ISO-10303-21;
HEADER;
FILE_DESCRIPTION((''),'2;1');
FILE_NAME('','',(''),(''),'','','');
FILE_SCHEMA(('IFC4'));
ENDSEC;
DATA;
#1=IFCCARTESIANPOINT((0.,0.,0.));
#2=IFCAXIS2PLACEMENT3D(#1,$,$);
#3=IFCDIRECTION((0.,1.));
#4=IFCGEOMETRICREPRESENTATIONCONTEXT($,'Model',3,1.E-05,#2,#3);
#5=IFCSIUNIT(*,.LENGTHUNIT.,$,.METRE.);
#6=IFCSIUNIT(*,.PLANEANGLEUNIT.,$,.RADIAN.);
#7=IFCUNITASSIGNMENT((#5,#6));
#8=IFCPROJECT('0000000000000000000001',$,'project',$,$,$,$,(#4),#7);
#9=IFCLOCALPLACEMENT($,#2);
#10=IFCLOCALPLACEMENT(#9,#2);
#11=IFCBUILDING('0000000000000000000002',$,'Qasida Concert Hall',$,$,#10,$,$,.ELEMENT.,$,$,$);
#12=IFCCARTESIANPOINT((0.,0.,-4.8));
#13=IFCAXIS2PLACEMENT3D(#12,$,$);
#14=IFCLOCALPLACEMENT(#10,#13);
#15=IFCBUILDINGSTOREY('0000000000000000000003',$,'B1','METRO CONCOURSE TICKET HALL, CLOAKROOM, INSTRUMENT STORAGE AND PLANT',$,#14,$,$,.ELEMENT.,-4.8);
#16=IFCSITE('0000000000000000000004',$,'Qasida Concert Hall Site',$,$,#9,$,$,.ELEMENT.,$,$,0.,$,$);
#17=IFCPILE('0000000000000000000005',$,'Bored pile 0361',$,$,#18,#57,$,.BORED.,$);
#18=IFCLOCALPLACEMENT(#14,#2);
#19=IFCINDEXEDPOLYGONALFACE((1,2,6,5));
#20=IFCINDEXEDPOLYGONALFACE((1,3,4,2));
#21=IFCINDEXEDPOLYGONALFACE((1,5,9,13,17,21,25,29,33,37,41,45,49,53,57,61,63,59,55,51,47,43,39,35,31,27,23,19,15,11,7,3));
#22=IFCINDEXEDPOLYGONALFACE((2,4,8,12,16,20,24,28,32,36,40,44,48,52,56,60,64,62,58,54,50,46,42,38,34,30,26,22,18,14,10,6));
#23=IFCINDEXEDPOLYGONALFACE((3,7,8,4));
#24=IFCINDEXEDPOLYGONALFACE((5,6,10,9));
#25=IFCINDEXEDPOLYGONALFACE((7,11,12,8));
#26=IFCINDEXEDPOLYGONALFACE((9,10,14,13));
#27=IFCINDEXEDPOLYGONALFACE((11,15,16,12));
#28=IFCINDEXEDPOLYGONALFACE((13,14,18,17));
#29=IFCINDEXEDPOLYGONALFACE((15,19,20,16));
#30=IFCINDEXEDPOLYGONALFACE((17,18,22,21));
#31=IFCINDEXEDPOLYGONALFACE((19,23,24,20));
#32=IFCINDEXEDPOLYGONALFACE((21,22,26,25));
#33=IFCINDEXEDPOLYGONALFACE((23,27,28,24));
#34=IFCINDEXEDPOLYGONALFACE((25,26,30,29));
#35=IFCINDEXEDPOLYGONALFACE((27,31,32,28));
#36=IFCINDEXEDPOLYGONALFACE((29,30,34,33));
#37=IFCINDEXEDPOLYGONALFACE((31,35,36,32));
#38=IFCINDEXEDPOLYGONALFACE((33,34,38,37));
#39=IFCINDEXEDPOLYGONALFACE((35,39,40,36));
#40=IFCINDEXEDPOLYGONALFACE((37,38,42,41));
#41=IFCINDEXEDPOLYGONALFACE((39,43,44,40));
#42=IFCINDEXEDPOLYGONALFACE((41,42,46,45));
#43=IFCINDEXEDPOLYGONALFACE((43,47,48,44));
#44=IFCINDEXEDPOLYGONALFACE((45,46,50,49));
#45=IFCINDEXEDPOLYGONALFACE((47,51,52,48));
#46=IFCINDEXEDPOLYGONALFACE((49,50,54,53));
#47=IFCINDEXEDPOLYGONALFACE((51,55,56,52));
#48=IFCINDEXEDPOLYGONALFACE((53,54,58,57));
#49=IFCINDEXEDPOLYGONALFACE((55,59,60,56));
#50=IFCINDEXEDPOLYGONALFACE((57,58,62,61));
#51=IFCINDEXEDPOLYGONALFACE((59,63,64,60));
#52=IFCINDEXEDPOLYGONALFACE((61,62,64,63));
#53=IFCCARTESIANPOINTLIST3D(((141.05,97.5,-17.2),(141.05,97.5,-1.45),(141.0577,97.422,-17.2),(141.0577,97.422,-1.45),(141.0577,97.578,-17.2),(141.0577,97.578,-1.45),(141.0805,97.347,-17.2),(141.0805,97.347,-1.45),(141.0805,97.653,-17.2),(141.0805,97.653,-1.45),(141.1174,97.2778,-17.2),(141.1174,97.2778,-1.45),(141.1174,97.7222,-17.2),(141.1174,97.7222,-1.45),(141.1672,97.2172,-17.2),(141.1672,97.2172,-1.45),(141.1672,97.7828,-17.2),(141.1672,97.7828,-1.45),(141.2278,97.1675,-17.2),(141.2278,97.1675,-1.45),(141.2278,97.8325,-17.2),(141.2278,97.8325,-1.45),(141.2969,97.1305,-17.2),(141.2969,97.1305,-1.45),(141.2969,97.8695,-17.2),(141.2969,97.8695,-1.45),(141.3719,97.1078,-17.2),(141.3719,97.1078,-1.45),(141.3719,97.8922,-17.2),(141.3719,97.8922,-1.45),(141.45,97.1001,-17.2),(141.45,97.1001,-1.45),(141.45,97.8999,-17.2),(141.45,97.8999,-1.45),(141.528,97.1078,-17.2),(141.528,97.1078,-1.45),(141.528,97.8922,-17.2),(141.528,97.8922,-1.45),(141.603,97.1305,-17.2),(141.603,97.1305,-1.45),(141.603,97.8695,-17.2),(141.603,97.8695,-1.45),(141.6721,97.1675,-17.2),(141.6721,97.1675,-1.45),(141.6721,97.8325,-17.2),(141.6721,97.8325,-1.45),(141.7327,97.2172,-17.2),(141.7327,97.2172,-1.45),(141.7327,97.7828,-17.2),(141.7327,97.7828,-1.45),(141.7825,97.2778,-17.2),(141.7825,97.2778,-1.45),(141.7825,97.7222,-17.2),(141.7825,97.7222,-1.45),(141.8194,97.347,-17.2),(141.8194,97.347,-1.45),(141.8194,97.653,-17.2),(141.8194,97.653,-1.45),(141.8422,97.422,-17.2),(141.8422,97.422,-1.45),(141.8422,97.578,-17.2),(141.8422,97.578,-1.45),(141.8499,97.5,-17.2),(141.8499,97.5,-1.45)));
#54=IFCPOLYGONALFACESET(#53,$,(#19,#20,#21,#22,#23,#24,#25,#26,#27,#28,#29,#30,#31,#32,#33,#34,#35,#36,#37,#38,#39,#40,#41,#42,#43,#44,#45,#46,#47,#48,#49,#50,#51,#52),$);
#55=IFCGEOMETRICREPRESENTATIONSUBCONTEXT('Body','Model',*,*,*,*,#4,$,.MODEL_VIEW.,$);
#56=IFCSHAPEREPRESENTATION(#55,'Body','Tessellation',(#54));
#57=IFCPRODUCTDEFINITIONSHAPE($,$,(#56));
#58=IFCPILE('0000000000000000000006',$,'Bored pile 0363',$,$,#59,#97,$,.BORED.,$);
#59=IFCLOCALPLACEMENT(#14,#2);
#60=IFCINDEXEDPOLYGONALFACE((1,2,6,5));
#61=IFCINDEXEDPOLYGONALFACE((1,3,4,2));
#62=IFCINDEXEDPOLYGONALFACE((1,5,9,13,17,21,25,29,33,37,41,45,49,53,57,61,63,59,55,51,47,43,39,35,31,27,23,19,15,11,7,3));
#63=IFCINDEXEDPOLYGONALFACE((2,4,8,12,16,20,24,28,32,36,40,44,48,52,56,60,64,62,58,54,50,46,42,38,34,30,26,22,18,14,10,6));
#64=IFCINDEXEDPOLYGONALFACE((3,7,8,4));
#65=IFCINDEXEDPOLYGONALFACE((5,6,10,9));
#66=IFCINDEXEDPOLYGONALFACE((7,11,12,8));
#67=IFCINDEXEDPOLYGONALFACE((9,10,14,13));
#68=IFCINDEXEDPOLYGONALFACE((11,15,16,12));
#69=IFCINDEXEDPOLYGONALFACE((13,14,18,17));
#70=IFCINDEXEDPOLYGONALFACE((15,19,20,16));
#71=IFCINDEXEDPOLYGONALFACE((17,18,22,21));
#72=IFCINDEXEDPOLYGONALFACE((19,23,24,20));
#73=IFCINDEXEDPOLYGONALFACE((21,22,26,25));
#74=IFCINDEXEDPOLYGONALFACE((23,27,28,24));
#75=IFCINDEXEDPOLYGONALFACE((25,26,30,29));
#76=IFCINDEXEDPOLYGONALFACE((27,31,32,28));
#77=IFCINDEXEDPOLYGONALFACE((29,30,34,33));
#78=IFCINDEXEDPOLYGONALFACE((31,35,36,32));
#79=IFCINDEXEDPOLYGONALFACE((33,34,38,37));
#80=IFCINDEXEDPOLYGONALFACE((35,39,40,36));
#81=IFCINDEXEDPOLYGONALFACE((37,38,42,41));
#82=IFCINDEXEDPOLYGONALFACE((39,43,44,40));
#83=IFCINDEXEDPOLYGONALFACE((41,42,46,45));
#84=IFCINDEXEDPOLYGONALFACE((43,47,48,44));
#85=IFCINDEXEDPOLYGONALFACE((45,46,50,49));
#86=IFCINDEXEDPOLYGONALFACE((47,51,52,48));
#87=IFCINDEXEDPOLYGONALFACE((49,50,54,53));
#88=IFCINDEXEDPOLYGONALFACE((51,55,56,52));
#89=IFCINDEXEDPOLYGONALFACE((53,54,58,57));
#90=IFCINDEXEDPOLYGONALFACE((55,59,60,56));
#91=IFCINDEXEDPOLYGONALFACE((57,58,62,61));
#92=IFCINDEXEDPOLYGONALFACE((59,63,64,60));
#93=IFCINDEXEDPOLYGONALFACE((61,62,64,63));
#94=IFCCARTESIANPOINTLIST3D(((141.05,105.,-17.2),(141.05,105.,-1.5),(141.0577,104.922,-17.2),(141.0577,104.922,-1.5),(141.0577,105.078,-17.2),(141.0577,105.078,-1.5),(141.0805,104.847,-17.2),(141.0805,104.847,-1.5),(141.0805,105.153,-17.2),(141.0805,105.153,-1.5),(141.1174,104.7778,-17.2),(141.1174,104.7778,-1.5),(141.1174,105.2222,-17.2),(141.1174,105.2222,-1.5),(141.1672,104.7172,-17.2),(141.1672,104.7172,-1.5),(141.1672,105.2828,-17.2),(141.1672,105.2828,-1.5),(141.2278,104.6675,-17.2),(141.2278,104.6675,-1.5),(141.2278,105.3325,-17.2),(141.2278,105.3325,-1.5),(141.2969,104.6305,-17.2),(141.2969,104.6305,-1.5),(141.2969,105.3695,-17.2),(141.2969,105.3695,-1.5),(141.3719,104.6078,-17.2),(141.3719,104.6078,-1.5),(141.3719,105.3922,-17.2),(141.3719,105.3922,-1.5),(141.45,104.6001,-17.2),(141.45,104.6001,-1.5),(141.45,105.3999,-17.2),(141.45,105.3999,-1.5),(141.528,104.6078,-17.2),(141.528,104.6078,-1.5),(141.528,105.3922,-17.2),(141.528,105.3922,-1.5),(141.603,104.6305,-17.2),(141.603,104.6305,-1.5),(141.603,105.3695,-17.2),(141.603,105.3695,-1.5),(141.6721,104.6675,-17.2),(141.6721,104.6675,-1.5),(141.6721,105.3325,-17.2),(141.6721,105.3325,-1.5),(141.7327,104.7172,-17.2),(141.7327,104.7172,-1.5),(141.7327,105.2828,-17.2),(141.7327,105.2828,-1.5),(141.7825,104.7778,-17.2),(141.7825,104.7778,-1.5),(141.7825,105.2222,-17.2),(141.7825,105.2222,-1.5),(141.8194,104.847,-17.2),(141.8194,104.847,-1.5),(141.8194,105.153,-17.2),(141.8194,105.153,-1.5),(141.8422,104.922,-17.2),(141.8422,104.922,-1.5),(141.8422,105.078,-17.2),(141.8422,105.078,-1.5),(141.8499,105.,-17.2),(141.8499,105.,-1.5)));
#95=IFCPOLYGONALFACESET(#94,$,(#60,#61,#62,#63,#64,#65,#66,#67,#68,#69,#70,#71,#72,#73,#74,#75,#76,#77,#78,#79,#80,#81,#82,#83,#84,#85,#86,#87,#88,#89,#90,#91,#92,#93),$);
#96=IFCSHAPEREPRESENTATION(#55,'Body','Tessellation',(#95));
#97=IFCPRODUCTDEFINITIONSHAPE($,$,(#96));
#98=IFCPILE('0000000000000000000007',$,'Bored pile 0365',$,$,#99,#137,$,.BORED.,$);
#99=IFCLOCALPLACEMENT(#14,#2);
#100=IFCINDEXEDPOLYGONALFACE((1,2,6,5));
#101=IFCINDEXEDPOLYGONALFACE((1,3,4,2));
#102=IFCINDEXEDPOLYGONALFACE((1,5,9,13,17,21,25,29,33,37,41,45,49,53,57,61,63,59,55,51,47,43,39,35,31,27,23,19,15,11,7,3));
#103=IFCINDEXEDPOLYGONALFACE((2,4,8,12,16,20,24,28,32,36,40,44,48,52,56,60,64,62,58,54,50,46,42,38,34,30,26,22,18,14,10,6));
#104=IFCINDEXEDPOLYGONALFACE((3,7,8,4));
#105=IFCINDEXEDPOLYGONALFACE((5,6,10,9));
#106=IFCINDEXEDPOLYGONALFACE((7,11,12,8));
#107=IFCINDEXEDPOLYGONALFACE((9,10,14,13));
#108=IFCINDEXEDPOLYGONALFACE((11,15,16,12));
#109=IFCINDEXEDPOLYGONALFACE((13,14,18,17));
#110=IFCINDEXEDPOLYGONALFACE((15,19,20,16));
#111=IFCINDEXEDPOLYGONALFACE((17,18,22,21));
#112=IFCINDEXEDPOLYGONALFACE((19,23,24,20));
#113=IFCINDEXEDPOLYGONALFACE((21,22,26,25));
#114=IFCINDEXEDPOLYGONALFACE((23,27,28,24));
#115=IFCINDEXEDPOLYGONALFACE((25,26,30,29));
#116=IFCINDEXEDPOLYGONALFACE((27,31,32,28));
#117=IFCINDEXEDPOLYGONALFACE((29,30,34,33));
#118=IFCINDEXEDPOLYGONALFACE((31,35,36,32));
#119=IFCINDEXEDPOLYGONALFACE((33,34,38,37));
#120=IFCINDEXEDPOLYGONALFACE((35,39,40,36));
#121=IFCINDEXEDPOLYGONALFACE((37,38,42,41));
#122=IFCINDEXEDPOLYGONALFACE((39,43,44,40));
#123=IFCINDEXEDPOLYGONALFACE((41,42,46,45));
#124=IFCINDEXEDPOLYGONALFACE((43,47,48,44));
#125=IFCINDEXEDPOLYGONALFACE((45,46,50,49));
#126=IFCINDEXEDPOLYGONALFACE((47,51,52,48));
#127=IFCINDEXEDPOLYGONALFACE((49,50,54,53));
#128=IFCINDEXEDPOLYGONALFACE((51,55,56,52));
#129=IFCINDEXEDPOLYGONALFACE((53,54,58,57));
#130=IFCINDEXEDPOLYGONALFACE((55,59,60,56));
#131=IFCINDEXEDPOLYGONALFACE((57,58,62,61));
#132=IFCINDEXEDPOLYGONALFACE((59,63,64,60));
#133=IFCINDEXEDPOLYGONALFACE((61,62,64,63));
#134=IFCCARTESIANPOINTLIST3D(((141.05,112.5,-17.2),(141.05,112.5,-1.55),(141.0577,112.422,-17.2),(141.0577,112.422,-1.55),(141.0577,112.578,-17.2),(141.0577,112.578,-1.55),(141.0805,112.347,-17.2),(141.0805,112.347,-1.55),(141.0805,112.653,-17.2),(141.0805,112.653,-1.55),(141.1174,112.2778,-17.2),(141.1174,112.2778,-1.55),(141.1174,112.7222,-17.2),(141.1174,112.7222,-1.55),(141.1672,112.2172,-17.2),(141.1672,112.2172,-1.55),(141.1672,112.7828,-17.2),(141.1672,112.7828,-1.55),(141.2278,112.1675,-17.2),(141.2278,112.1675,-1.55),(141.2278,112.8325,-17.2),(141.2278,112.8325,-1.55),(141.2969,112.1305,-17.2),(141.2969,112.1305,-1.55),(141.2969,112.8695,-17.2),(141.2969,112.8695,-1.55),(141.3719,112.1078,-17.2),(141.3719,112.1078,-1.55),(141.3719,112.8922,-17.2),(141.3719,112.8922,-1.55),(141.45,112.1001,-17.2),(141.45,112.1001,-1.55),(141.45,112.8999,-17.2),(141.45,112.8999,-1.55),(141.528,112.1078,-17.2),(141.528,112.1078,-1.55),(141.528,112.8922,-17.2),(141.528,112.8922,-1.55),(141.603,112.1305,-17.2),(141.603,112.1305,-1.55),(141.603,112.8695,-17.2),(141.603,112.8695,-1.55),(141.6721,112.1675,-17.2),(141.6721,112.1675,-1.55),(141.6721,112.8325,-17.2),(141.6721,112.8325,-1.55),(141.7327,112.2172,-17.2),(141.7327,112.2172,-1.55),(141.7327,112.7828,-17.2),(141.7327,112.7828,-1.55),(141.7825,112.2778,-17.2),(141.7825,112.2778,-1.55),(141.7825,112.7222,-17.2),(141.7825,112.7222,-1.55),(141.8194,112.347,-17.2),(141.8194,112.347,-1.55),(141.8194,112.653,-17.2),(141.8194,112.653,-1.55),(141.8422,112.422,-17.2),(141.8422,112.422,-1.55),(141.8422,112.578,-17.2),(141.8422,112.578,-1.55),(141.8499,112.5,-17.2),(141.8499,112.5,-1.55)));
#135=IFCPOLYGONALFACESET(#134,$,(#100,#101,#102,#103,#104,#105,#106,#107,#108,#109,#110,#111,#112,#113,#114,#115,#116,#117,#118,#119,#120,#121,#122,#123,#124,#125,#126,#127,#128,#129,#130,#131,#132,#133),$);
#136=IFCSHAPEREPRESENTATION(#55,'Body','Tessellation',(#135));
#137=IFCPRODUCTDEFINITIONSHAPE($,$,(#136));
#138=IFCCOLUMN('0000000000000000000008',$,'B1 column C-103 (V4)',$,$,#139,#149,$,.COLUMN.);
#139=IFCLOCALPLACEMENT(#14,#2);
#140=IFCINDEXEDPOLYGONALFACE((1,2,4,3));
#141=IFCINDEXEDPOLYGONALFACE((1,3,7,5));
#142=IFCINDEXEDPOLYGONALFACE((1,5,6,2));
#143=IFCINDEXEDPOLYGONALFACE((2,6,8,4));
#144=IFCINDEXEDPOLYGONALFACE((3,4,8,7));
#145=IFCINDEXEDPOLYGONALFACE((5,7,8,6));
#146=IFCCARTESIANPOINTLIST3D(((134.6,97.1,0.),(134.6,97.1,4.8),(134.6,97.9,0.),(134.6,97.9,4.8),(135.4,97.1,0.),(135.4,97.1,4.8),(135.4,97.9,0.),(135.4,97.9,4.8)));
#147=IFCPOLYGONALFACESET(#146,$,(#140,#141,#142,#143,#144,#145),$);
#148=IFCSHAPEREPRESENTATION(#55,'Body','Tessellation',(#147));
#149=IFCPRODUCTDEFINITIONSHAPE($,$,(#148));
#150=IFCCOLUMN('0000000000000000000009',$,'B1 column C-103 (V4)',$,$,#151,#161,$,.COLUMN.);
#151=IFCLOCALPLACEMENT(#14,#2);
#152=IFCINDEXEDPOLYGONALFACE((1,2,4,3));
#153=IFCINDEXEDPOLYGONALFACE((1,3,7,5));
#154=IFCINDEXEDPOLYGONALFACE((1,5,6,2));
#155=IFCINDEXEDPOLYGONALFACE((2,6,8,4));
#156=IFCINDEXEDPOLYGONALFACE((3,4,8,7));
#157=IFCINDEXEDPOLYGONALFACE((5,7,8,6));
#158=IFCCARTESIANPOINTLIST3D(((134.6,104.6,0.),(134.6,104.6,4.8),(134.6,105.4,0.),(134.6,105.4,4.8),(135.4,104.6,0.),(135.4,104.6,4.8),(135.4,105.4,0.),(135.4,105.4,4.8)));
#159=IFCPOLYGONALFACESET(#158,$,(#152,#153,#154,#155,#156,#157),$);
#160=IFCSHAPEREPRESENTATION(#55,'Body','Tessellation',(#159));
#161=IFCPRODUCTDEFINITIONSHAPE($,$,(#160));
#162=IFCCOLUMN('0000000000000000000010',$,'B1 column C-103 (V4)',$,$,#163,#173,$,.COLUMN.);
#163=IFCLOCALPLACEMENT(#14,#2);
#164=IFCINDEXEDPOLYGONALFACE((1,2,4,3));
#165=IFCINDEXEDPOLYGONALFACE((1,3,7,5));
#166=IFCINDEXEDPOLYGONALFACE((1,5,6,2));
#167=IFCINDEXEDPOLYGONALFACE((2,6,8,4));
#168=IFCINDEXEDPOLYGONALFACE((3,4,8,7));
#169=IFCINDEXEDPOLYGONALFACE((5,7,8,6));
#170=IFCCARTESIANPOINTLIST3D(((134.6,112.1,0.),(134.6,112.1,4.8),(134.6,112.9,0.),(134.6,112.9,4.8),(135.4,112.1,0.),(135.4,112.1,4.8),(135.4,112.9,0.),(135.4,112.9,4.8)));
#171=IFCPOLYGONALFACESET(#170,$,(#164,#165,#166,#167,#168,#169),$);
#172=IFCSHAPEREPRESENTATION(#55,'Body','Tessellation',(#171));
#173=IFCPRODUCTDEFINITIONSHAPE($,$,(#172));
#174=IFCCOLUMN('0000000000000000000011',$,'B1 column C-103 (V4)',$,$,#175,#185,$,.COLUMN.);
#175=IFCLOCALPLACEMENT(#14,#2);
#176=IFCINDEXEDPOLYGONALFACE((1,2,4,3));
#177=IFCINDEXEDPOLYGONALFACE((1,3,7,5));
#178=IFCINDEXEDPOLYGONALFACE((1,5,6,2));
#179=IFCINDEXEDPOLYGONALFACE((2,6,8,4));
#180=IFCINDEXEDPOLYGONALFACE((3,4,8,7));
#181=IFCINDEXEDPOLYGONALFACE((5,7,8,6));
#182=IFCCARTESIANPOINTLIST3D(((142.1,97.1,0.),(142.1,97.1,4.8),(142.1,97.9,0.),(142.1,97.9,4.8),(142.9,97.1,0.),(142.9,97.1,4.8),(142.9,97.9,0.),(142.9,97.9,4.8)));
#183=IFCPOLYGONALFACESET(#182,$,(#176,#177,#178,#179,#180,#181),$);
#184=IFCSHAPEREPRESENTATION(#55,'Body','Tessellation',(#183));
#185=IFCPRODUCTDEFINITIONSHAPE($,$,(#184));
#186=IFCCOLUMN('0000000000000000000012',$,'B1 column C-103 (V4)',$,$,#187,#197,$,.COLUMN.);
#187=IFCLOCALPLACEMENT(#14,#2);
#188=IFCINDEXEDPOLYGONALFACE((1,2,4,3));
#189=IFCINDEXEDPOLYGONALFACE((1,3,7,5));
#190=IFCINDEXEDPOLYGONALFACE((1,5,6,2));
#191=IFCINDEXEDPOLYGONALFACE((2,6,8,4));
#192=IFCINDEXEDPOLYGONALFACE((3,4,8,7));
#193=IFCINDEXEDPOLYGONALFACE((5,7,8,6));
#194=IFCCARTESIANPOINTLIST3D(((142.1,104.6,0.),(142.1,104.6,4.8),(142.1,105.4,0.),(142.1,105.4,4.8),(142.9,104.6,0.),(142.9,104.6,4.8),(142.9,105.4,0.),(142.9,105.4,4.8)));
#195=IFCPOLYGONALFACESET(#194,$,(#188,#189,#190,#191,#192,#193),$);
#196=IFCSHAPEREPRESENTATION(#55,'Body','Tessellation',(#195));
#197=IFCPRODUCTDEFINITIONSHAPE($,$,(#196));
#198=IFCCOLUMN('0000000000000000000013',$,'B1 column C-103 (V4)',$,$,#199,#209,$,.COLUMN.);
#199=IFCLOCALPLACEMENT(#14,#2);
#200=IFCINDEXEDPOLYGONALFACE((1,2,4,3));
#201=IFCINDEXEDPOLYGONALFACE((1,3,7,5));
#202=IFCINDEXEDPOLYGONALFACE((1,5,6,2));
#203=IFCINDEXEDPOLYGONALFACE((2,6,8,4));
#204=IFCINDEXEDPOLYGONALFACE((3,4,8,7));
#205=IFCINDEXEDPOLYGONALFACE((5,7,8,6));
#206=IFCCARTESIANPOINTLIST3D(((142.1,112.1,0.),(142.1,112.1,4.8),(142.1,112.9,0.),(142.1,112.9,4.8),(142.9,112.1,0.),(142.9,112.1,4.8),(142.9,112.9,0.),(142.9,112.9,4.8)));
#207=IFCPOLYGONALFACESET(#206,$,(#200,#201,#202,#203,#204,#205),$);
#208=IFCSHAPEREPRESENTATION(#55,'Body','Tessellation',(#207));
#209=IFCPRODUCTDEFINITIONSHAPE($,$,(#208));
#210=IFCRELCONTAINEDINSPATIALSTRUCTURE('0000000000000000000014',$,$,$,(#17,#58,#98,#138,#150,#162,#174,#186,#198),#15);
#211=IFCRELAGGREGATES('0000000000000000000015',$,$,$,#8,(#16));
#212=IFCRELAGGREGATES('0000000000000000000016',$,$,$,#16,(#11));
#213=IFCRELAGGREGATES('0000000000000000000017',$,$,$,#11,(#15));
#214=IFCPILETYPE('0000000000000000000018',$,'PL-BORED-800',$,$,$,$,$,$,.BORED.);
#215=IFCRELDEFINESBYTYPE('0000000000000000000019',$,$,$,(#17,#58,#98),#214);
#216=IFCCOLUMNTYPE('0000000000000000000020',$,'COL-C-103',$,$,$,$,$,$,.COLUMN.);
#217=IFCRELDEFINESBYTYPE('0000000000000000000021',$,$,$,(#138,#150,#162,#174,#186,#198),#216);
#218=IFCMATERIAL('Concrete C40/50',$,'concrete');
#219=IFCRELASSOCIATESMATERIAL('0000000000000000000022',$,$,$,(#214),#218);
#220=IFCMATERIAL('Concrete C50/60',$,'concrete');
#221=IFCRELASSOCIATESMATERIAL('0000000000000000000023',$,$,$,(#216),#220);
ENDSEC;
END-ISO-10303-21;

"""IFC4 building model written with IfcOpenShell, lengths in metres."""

from ifc_helpers import new_model, si_unit, direction, frame, origin, origin_2d, place, context, subcontext, project, spatial, rectangle, circle, extrude, material, material_profile, profile_set, type_object, element, save


model = new_model("IFC4")

# Units and contexts
model_context = context("Model", 3, precision=1e-05, world=origin(), true_north=direction((0.0, 1.0)))
body_context = subcontext(model_context, "Body", "Model", "MODEL_VIEW")
ifc_project = project(units=[si_unit("LENGTHUNIT", "METRE"), si_unit("PLANEANGLEUNIT", "RADIAN")], contexts=[model_context])

# Site, building, storey
site_placement = place(None, origin())
site = spatial("IfcSite", under=ifc_project, at=site_placement, Name="Qasida Concert Hall Site", CompositionType="ELEMENT", RefElevation=0.0)
building_placement = place(site_placement, origin())
building = spatial("IfcBuilding", under=site, at=building_placement, Name="Qasida Concert Hall", CompositionType="ELEMENT")
storey_placement = place(building_placement, frame((0.0, 0.0, -4.8)))
storey = spatial("IfcBuildingStorey", under=building, at=storey_placement, Name="B1", Description="METRO CONCOURSE TICKET HALL, CLOAKROOM, INSTRUMENT STORAGE AND PLANT", CompositionType="ELEMENT", Elevation=-4.8)

# Shared definitions
ifc_material_1 = material(Name="Concrete C40/50", Category="concrete")

# Piles
ifc_material_profile_1 = material_profile(ifc_material_1, circle(Radius=0.3999, at=origin_2d()), Name="BORED PILE D800")
ifc_profile_set_1 = profile_set([ifc_material_profile_1], Name="Concrete C40/50")
pile_type = type_object("IfcPileType", Name="PL-BORED-800", PredefinedType="BORED", material=ifc_profile_set_1)
pile_1_placement = place(storey_placement, frame((141.45, 97.5, -1.45), z_axis=(0.0, 0.0, -1.0), x_axis=(1.0, 0.0, 0.0)))
element("IfcPile", 1, at=pile_1_placement, inside=storey, type_object=pile_type, Name="Bored pile 0361", PredefinedType="BORED", context=body_context, shape_type="SweptSolid", body=[
    extrude(circle(Radius=0.3999, at=origin_2d()), origin(), (0.0, 0.0, 1.0), 15.75),
])
pile_2_placement = place(storey_placement, frame((141.45, 105.0, -1.5), z_axis=(0.0, 0.0, -1.0), x_axis=(1.0, 0.0, 0.0)))
element("IfcPile", 2, at=pile_2_placement, inside=storey, type_object=pile_type, Name="Bored pile 0363", PredefinedType="BORED", context=body_context, shape_type="SweptSolid", body=[
    extrude(circle(Radius=0.3999, at=origin_2d()), origin(), (0.0, 0.0, 1.0), 15.7),
])
pile_3_placement = place(storey_placement, frame((141.45, 112.5, -1.55), z_axis=(0.0, 0.0, -1.0), x_axis=(1.0, 0.0, 0.0)))
element("IfcPile", 3, at=pile_3_placement, inside=storey, type_object=pile_type, Name="Bored pile 0365", PredefinedType="BORED", context=body_context, shape_type="SweptSolid", body=[
    extrude(circle(Radius=0.3999, at=origin_2d()), origin(), (0.0, 0.0, 1.0), 15.6499),
])

# Columns
ifc_material_2 = material(Name="Concrete C50/60", Category="concrete")
ifc_material_profile_2 = material_profile(ifc_material_2, rectangle(XDim=0.8, YDim=0.8, at=origin_2d()), Name="RC 800x800")
ifc_profile_set_2 = profile_set([ifc_material_profile_2], Name="Concrete C50/60")
column_type = type_object("IfcColumnType", Name="COL-C-103", PredefinedType="COLUMN", material=ifc_profile_set_2)
for number, where, z_axis, x_axis, name in (
    (4, (135.0, 97.5, 0.0), (0.0, 0.0, 1.0), (1.0, 0.0, 0.0), "B1 column C-103 (V4)"),
    (5, (135.0, 105.0, 0.0), (0.0, 0.0, 1.0), (1.0, 0.0, 0.0), "B1 column C-103 (V4)"),
    (6, (135.0, 112.5, 0.0), (0.0, 0.0, 1.0), (1.0, 0.0, 0.0), "B1 column C-103 (V4)"),
    (7, (142.5, 97.5, 0.0), (0.0, 0.0, 1.0), (1.0, 0.0, 0.0), "B1 column C-103 (V4)"),
    (8, (142.5, 105.0, 0.0), (0.0, 0.0, 1.0), (1.0, 0.0, 0.0), "B1 column C-103 (V4)"),
    (9, (142.5, 112.5, 0.0), (0.0, 0.0, 1.0), (1.0, 0.0, 0.0), "B1 column C-103 (V4)"),
):
    element("IfcColumn", number, at=place(storey_placement, frame(where, z_axis=z_axis, x_axis=x_axis)), inside=storey, type_object=column_type, Name=name, PredefinedType="COLUMN", context=body_context, shape_type="SweptSolid", body=[
        extrude(rectangle(XDim=0.8, YDim=0.8, at=origin_2d()), origin(), (0.0, 0.0, 1.0), 4.8),
    ])

save(model, "model.ifc")
